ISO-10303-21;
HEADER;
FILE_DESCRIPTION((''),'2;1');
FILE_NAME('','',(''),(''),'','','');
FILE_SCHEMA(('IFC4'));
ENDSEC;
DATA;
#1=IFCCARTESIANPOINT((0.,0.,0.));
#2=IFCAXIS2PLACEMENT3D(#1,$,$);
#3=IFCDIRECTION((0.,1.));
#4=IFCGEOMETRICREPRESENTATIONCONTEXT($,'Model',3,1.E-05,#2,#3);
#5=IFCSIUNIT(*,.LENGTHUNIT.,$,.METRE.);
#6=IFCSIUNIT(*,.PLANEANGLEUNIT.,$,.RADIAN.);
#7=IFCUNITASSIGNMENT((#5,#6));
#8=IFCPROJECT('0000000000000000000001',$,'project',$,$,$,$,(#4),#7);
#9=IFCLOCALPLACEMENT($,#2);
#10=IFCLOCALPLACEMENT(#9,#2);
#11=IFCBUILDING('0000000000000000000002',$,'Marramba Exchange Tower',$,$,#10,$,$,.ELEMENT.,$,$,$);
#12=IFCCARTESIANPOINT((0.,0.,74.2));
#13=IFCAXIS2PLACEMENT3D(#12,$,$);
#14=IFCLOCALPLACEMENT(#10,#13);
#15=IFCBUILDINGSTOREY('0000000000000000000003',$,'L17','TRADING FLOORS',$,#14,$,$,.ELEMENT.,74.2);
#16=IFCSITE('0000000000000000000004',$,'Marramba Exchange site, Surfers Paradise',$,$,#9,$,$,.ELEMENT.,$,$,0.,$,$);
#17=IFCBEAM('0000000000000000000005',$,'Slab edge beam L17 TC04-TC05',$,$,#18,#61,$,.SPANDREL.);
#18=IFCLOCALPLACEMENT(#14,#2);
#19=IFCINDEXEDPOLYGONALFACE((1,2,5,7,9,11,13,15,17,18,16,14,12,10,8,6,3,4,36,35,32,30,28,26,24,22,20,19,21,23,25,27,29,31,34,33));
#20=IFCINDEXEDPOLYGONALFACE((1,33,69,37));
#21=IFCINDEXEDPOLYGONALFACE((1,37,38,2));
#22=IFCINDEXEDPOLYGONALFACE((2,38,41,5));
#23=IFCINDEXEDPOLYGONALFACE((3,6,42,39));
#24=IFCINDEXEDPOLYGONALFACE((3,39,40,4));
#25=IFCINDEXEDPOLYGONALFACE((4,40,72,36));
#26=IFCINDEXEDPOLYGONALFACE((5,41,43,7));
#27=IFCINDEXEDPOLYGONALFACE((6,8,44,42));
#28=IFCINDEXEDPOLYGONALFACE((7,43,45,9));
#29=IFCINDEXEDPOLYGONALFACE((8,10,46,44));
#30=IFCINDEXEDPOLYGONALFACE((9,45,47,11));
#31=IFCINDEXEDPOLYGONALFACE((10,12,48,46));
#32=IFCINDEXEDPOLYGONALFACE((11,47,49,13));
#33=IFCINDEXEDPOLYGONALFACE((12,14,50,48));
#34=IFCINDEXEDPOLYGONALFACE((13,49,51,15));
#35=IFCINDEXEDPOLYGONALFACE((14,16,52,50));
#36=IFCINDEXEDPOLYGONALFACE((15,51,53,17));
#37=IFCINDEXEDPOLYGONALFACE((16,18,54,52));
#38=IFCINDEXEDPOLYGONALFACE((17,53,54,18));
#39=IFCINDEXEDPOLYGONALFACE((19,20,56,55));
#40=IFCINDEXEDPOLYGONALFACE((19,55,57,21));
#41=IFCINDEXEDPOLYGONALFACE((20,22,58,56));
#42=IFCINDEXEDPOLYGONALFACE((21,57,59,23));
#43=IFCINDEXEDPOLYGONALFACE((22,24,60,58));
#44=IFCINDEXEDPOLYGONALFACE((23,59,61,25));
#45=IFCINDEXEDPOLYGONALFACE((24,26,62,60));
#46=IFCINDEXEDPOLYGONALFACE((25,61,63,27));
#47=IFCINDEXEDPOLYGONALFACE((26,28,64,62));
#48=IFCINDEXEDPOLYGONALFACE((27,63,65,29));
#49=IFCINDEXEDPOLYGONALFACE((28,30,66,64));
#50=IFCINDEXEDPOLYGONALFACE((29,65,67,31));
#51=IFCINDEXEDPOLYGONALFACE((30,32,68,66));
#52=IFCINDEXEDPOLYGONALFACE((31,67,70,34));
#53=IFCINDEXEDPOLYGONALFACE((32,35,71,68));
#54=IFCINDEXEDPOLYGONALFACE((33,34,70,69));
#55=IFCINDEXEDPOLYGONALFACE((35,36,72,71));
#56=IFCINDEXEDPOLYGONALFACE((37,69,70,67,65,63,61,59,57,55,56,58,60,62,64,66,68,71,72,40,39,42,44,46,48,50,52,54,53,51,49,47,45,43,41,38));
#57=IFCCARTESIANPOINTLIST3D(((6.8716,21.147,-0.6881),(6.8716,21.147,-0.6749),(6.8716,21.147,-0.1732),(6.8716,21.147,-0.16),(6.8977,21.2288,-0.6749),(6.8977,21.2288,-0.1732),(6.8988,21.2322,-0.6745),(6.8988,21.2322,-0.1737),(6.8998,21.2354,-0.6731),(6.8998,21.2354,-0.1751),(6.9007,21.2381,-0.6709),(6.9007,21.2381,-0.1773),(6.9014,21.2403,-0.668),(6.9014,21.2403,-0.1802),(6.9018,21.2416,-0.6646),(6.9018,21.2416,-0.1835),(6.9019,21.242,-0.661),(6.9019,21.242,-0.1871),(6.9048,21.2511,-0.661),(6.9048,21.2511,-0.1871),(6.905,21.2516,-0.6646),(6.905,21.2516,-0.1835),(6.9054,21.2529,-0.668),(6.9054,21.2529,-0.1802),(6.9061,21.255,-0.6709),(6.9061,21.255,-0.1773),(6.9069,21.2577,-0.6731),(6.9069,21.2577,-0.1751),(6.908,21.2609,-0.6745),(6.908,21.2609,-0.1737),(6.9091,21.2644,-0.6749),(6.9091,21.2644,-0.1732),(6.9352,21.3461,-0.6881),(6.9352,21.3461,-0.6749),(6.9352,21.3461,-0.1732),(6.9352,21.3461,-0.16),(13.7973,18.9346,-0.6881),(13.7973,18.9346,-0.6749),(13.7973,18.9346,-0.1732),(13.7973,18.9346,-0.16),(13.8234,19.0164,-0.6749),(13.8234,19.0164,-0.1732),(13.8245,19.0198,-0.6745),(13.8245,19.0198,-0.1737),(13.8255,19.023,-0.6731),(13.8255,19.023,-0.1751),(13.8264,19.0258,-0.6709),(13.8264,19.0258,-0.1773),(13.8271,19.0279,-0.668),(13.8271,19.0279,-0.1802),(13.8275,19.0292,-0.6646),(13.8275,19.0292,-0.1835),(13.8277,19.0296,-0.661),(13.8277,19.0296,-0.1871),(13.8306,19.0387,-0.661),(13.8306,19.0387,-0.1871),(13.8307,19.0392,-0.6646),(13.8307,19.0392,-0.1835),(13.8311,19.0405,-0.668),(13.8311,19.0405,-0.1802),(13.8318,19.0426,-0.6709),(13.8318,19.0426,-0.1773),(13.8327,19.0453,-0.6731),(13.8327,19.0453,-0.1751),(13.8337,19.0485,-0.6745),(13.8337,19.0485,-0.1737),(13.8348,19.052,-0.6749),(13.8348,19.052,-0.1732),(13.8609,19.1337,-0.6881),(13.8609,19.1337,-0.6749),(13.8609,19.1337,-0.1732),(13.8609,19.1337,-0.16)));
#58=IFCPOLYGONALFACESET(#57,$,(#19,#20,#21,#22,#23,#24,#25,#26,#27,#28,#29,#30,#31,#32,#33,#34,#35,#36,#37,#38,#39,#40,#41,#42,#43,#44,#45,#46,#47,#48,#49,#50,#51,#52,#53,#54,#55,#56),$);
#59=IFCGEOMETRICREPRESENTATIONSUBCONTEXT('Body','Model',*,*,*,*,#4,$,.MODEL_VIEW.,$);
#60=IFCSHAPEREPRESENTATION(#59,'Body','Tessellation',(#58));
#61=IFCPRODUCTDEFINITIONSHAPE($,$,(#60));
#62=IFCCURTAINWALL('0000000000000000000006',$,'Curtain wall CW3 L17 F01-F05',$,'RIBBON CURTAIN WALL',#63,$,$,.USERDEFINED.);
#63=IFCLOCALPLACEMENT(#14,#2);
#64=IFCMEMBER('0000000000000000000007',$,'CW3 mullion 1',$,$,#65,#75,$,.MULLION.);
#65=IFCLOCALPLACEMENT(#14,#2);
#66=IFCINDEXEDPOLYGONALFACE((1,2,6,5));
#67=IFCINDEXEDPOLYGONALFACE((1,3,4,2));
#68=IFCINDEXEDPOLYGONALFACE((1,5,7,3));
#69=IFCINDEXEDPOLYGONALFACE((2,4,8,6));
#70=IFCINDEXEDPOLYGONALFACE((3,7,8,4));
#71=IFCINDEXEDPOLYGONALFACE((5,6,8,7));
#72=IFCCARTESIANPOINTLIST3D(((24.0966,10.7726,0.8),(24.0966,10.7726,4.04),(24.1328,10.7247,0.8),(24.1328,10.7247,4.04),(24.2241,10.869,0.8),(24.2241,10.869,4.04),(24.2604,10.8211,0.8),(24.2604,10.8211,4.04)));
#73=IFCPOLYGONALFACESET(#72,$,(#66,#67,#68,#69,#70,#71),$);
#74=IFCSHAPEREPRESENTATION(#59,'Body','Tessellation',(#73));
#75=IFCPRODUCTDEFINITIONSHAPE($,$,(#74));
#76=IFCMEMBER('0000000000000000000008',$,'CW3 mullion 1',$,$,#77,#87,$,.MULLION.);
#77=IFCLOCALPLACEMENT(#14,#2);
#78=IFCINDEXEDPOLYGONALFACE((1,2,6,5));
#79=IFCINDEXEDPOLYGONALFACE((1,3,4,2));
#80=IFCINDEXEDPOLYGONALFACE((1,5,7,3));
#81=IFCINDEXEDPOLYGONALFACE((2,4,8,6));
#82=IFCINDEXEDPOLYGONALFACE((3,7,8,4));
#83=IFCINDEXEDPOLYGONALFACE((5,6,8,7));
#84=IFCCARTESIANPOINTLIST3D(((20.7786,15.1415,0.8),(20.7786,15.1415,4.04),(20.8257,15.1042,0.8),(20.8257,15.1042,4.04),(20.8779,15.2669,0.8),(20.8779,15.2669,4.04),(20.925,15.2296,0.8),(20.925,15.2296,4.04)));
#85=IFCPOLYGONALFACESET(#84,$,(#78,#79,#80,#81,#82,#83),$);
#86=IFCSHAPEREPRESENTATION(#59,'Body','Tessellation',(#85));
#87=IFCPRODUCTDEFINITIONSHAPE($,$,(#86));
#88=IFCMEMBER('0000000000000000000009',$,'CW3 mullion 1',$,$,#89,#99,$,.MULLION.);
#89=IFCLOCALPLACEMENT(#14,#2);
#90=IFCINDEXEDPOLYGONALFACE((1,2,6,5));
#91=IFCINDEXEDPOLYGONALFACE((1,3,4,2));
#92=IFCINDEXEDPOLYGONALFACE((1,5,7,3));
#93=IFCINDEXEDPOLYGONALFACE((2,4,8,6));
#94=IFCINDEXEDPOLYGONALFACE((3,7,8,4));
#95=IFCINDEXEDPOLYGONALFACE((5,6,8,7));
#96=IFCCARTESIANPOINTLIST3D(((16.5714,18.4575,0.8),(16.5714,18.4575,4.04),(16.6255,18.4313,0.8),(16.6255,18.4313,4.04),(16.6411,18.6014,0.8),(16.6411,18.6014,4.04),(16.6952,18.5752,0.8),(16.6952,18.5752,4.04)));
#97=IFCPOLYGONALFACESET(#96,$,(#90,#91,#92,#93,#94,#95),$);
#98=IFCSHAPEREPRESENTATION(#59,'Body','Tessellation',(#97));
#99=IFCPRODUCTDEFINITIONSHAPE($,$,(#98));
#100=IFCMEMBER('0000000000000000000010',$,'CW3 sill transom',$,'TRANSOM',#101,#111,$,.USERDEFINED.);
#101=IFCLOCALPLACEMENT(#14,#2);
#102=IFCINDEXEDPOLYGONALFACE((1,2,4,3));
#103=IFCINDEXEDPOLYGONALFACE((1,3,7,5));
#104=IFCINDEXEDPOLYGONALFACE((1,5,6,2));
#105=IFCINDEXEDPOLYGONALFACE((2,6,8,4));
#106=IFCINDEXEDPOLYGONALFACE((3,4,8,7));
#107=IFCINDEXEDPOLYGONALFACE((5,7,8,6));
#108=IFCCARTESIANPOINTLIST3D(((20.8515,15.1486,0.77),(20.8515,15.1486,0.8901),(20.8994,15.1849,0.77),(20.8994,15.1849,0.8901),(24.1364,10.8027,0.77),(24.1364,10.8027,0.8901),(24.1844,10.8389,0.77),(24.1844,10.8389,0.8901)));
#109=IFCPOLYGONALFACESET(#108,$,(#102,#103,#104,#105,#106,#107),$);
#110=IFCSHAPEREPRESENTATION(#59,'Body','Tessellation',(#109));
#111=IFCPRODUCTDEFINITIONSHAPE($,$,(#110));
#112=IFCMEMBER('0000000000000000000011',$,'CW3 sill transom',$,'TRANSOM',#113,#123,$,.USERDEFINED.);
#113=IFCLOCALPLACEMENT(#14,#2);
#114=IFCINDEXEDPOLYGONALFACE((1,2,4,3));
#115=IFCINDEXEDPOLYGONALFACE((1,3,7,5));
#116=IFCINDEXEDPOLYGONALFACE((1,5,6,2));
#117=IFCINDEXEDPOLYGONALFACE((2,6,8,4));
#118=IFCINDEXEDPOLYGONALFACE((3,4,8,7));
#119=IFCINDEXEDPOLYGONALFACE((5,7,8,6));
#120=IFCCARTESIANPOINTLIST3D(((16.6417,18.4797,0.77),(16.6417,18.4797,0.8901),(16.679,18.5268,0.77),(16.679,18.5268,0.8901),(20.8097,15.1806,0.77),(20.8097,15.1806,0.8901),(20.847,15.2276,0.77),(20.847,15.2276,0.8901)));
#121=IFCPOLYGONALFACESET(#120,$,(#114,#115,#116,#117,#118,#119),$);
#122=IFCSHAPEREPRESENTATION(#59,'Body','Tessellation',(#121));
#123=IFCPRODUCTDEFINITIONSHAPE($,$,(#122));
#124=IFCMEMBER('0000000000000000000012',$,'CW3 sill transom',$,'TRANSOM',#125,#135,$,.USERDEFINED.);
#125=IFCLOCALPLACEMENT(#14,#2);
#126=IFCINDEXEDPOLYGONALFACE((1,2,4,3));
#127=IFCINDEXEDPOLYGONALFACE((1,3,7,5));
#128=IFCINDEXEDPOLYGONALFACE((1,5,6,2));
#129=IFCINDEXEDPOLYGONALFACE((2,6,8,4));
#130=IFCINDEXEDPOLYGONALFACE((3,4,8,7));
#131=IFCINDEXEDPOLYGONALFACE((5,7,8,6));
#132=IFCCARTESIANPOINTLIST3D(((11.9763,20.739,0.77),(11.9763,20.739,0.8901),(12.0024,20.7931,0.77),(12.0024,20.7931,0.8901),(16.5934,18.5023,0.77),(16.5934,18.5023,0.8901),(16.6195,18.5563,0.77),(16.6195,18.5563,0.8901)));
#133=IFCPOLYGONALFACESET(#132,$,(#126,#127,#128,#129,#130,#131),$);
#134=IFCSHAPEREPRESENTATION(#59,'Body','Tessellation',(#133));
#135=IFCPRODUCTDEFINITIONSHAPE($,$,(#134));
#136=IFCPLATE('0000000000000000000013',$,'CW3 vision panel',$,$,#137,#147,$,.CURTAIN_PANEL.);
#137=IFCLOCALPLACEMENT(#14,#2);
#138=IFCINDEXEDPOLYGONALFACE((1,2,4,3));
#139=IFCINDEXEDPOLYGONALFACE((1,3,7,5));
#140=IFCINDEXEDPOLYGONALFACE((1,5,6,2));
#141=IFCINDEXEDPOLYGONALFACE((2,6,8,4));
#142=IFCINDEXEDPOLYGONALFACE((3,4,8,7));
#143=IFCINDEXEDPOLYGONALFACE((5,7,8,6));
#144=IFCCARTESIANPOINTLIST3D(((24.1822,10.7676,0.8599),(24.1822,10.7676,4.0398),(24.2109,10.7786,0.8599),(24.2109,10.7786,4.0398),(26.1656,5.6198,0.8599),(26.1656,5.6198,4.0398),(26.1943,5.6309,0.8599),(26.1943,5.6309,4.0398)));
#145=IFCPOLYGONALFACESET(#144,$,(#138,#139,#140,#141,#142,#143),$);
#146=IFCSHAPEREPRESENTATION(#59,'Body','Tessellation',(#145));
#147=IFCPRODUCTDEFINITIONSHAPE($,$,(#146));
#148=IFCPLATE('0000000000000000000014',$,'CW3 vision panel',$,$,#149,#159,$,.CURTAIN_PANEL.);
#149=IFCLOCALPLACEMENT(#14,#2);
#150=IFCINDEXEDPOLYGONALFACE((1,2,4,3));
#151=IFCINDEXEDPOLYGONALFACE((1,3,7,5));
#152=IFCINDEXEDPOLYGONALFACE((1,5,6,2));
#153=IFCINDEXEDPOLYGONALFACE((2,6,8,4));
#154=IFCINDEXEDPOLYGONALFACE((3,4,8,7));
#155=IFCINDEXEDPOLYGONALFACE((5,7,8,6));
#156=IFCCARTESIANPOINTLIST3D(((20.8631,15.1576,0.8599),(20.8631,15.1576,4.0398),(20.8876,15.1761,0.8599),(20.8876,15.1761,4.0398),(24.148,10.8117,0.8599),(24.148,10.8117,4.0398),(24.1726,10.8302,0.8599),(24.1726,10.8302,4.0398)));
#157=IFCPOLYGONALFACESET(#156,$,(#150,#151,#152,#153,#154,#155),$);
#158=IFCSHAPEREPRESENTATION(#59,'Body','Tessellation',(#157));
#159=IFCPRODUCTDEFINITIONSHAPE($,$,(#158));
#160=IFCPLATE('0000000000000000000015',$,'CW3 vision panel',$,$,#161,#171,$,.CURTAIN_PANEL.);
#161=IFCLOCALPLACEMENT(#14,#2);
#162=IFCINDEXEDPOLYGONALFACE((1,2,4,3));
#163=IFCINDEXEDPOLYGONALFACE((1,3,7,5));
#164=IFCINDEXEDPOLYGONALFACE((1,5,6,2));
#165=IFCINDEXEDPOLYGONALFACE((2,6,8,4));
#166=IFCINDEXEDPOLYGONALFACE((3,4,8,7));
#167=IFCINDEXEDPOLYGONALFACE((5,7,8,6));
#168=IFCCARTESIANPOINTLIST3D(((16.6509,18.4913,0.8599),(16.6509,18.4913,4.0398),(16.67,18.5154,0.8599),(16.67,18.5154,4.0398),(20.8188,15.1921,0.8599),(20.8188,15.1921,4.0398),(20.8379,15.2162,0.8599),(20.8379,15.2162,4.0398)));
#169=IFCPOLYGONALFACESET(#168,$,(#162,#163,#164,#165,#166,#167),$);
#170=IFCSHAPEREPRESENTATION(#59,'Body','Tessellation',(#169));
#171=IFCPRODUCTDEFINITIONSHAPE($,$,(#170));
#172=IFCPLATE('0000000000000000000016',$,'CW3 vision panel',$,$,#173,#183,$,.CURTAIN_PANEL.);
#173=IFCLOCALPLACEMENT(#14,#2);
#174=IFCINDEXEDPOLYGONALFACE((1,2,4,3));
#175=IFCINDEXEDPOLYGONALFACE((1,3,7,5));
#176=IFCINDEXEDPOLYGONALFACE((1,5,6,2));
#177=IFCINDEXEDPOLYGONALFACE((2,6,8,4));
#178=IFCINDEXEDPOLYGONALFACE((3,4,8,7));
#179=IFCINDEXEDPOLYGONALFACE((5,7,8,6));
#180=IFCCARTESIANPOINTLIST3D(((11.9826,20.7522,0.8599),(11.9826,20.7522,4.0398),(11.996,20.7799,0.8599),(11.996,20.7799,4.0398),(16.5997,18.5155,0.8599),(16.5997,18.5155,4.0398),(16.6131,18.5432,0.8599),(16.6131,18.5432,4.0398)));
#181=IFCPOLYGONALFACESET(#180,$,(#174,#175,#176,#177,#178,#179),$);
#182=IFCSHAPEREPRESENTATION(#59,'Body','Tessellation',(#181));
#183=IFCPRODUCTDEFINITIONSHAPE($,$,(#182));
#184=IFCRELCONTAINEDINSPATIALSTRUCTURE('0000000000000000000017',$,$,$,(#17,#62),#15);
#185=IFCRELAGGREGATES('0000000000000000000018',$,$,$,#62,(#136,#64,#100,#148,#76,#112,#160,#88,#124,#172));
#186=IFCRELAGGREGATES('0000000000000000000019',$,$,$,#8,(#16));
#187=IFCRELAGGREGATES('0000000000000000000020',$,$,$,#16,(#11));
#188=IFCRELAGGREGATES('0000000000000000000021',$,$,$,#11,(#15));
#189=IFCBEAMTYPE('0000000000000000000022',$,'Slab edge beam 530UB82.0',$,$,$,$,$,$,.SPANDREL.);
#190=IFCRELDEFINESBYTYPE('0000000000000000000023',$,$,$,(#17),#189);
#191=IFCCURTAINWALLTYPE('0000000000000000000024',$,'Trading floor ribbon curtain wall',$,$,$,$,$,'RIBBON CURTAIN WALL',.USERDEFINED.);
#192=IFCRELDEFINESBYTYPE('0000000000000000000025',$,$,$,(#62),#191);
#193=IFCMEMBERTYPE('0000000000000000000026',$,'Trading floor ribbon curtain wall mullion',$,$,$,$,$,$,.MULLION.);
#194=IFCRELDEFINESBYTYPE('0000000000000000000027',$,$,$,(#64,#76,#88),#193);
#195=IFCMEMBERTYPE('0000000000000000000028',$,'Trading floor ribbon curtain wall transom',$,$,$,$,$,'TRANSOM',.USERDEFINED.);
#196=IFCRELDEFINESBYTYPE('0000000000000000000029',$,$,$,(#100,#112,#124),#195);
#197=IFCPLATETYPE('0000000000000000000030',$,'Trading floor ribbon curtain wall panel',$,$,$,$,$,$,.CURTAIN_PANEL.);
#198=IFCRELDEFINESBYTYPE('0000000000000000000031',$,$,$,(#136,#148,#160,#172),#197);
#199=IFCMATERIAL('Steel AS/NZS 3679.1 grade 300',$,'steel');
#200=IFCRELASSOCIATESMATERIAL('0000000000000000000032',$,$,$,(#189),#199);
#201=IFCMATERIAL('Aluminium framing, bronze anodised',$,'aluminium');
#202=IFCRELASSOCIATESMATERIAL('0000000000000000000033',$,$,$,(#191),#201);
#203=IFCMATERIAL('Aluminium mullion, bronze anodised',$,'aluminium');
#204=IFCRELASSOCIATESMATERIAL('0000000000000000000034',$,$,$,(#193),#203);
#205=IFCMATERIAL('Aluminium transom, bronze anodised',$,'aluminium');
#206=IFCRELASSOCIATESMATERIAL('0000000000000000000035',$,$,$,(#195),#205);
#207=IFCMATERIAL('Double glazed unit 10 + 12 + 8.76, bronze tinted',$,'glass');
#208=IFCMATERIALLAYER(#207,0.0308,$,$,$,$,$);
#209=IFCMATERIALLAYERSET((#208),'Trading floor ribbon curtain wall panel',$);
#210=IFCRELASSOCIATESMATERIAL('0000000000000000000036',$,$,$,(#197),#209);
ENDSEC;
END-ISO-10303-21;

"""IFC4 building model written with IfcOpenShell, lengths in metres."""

from ifc_helpers import new_model, si_unit, direction, frame, origin, origin_2d, place, context, subcontext, project, spatial, rectangle, i_section, extrude, material, layer, layer_set, material_profile, profile_set, type_object, element, aggregate, save


model = new_model("IFC4")

# Units and contexts
model_context = context("Model", 3, precision=1e-05, world=origin(), true_north=direction((0.0, 1.0)))
body_context = subcontext(model_context, "Body", "Model", "MODEL_VIEW")
ifc_project = project(units=[si_unit("LENGTHUNIT", "METRE"), si_unit("PLANEANGLEUNIT", "RADIAN")], contexts=[model_context])

# Site, building, storey
site_placement = place(None, origin())
site = spatial("IfcSite", under=ifc_project, at=site_placement, Name="Marramba Exchange site, Surfers Paradise", CompositionType="ELEMENT", RefElevation=0.0)
building_placement = place(site_placement, origin())
building = spatial("IfcBuilding", under=site, at=building_placement, Name="Marramba Exchange Tower", CompositionType="ELEMENT")
storey_placement = place(building_placement, frame((0.0, 0.0, 74.2)))
storey = spatial("IfcBuildingStorey", under=building, at=storey_placement, Name="L17", Description="TRADING FLOORS", CompositionType="ELEMENT", Elevation=74.2)

# Beam
ifc_material_1 = material(Name="Steel AS/NZS 3679.1 grade 300", Category="steel")
ifc_material_profile_1 = material_profile(ifc_material_1, i_section(OverallWidth=0.209, OverallDepth=0.5281, WebThickness=0.0095, FlangeThickness=0.0132, FilletRadius=0.0139, at=origin_2d()), Name="530UB82.0")
ifc_profile_set_1 = profile_set([ifc_material_profile_1], Name="Steel AS/NZS 3679.1 grade 300")
beam_type_1 = type_object("IfcBeamType", Name="Slab edge beam 530UB82.0", PredefinedType="SPANDREL", material=ifc_profile_set_1)
beam_1_placement = place(storey_placement, frame((13.8291, 19.0342, -0.4241), z_axis=(-0.952578, 0.304296, 0.0), x_axis=(-0.304296, -0.952578, 0.0)))
element("IfcBeam", 1, at=beam_1_placement, inside=storey, type_object=beam_type_1, Name="Slab edge beam L17 TC04-TC05", PredefinedType="SPANDREL", context=body_context, shape_type="SweptSolid", body=[
    extrude(i_section(OverallWidth=0.209, OverallDepth=0.5281, WebThickness=0.0095, FlangeThickness=0.0132, FilletRadius=0.0139, at=origin_2d()), origin(), (0.0, 0.0, 1.0), 7.2705),
])

# Curtain wall, members, plates
ifc_material_2 = material(Name="Aluminium framing, bronze anodised", Category="aluminium")
curtain_wall_type = type_object("IfcCurtainWallType", Name="Trading floor ribbon curtain wall", ElementType="RIBBON CURTAIN WALL", PredefinedType="USERDEFINED", material=ifc_material_2)
curtain_wall_placement = place(storey_placement, origin())
curtain_wall = element("IfcCurtainWall", 2, at=curtain_wall_placement, inside=storey, type_object=curtain_wall_type, Name="Curtain wall CW3 L17 F01-F05", ObjectType="RIBBON CURTAIN WALL", PredefinedType="USERDEFINED")
ifc_material_3 = material(Name="Aluminium mullion, bronze anodised", Category="aluminium")
ifc_material_profile_2 = material_profile(ifc_material_3, rectangle(XDim=0.1599, YDim=0.0601, at=origin_2d()), Name="CW3 mullion 60x160")
ifc_profile_set_2 = profile_set([ifc_material_profile_2], Name="Aluminium mullion, bronze anodised")
member_type_1 = type_object("IfcMemberType", Name="Trading floor ribbon curtain wall mullion", PredefinedType="MULLION", material=ifc_profile_set_2)
member_1_placement = place(storey_placement, frame((24.1785, 10.7969, 0.8), z_axis=(0.0, 0.0, 1.0), x_axis=(-0.797749, -0.60299, 0.0)))
member_1 = element("IfcMember", 3, at=member_1_placement, type_object=member_type_1, Name="CW3 mullion 1", PredefinedType="MULLION", context=body_context, shape_type="SweptSolid", body=[
    extrude(rectangle(XDim=0.1599, YDim=0.0601, at=origin_2d()), origin(), (0.0, 0.0, 1.0), 3.24),
])
member_2_placement = place(storey_placement, frame((20.8518, 15.1855, 0.8), z_axis=(0.0, 0.0, 1.0), x_axis=(-0.62065, -0.784088, 0.0)))
member_2 = element("IfcMember", 4, at=member_2_placement, type_object=member_type_1, Name="CW3 mullion 1", PredefinedType="MULLION", context=body_context, shape_type="SweptSolid", body=[
    extrude(rectangle(XDim=0.1599, YDim=0.0601, at=origin_2d()), origin(), (0.0, 0.0, 1.0), 3.24),
])
member_3_placement = place(storey_placement, frame((16.6333, 18.5164, 0.8), z_axis=(0.0, 0.0, 1.0), x_axis=(-0.435965, -0.899963, 0.0)))
member_3 = element("IfcMember", 5, at=member_3_placement, type_object=member_type_1, Name="CW3 mullion 1", PredefinedType="MULLION", context=body_context, shape_type="SweptSolid", body=[
    extrude(rectangle(XDim=0.1599, YDim=0.0601, at=origin_2d()), origin(), (0.0, 0.0, 1.0), 3.24),
])
ifc_material_4 = material(Name="Aluminium transom, bronze anodised", Category="aluminium")
ifc_material_profile_3 = material_profile(ifc_material_4, rectangle(XDim=0.0601, YDim=0.1201, at=origin_2d()), Name="CW3 transom 60x120")
ifc_profile_set_3 = profile_set([ifc_material_profile_3], Name="Aluminium transom, bronze anodised")
member_type_2 = type_object("IfcMemberType", Name="Trading floor ribbon curtain wall transom", ElementType="TRANSOM", PredefinedType="USERDEFINED", material=ifc_profile_set_3)
member_4_placement = place(storey_placement, frame((24.1604, 10.8208, 0.8301), z_axis=(-0.602986, 0.797752, 0.0), x_axis=(-0.797752, -0.602986, 0.0)))
member_4 = element("IfcMember", 6, at=member_4_placement, type_object=member_type_2, Name="CW3 sill transom", ObjectType="TRANSOM", PredefinedType="USERDEFINED", context=body_context, shape_type="SweptSolid", body=[
    extrude(rectangle(XDim=0.0601, YDim=0.1201, at=origin_2d()), origin(), (0.0, 0.0, 1.0), 5.4478),
])
member_5_placement = place(storey_placement, frame((20.8284, 15.2041, 0.8301), z_axis=(-0.784098, 0.620637, 0.0), x_axis=(-0.620637, -0.784098, 0.0)))
member_5 = element("IfcMember", 7, at=member_5_placement, type_object=member_type_2, Name="CW3 sill transom", ObjectType="TRANSOM", PredefinedType="USERDEFINED", context=body_context, shape_type="SweptSolid", body=[
    extrude(rectangle(XDim=0.0601, YDim=0.1201, at=origin_2d()), origin(), (0.0, 0.0, 1.0), 5.3157),
])
member_6_placement = place(storey_placement, frame((16.6064, 18.5293, 0.8301), z_axis=(-0.899953, 0.435986, 0.0), x_axis=(-0.435986, -0.899953, 0.0)))
member_6 = element("IfcMember", 8, at=member_6_placement, type_object=member_type_2, Name="CW3 sill transom", ObjectType="TRANSOM", PredefinedType="USERDEFINED", context=body_context, shape_type="SweptSolid", body=[
    extrude(rectangle(XDim=0.0601, YDim=0.1201, at=origin_2d()), origin(), (0.0, 0.0, 1.0), 5.1304),
])
ifc_material_5 = material(Name="Double glazed unit 10 + 12 + 8.76, bronze tinted", Category="glass")
ifc_layer_1 = layer(ifc_material_5, 0.0308)
ifc_layer_set_1 = layer_set([ifc_layer_1], Name="Trading floor ribbon curtain wall panel")
plate_type = type_object("IfcPlateType", Name="Trading floor ribbon curtain wall panel", PredefinedType="CURTAIN_PANEL", material=ifc_layer_set_1)
plate_1_placement = place(storey_placement, frame((25.1882, 8.1992, 0.8599), z_axis=(0.0, 0.0, 1.0), x_axis=(-0.359526, 0.933135, 0.0)))
plate_1 = element("IfcPlate", 9, at=plate_1_placement, type_object=plate_type, Name="CW3 vision panel", PredefinedType="CURTAIN_PANEL", context=body_context, shape_type="SweptSolid", body=[
    extrude(rectangle(XDim=5.5166, YDim=0.0308, at=origin_2d()), origin(), (0.0, 0.0, 1.0), 3.1799),
])
plate_2_placement = place(storey_placement, frame((22.5178, 12.9939, 0.8599), z_axis=(0.0, 0.0, 1.0), x_axis=(-0.60299, 0.797749, 0.0)))
plate_2 = element("IfcPlate", 10, at=plate_2_placement, type_object=plate_type, Name="CW3 vision panel", PredefinedType="CURTAIN_PANEL", context=body_context, shape_type="SweptSolid", body=[
    extrude(rectangle(XDim=5.4478, YDim=0.0308, at=origin_2d()), origin(), (0.0, 0.0, 1.0), 3.1799),
])
plate_3_placement = place(storey_placement, frame((18.7444, 16.8538, 0.8599), z_axis=(0.0, 0.0, 1.0), x_axis=(-0.784088, 0.62065, 0.0)))
plate_3 = element("IfcPlate", 11, at=plate_3_placement, type_object=plate_type, Name="CW3 vision panel", PredefinedType="CURTAIN_PANEL", context=body_context, shape_type="SweptSolid", body=[
    extrude(rectangle(XDim=5.3157, YDim=0.0308, at=origin_2d()), origin(), (0.0, 0.0, 1.0), 3.1799),
])
plate_4_placement = place(storey_placement, frame((14.2979, 19.6477, 0.8599), z_axis=(0.0, 0.0, 1.0), x_axis=(-0.899963, 0.435965, 0.0)))
plate_4 = element("IfcPlate", 12, at=plate_4_placement, type_object=plate_type, Name="CW3 vision panel", PredefinedType="CURTAIN_PANEL", context=body_context, shape_type="SweptSolid", body=[
    extrude(rectangle(XDim=5.1304, YDim=0.0308, at=origin_2d()), origin(), (0.0, 0.0, 1.0), 3.1799),
])
aggregate(curtain_wall, [plate_1, member_1, member_4, plate_2, member_2, member_5, plate_3, member_3, member_6, plate_4])

save(model, "model.ifc")
